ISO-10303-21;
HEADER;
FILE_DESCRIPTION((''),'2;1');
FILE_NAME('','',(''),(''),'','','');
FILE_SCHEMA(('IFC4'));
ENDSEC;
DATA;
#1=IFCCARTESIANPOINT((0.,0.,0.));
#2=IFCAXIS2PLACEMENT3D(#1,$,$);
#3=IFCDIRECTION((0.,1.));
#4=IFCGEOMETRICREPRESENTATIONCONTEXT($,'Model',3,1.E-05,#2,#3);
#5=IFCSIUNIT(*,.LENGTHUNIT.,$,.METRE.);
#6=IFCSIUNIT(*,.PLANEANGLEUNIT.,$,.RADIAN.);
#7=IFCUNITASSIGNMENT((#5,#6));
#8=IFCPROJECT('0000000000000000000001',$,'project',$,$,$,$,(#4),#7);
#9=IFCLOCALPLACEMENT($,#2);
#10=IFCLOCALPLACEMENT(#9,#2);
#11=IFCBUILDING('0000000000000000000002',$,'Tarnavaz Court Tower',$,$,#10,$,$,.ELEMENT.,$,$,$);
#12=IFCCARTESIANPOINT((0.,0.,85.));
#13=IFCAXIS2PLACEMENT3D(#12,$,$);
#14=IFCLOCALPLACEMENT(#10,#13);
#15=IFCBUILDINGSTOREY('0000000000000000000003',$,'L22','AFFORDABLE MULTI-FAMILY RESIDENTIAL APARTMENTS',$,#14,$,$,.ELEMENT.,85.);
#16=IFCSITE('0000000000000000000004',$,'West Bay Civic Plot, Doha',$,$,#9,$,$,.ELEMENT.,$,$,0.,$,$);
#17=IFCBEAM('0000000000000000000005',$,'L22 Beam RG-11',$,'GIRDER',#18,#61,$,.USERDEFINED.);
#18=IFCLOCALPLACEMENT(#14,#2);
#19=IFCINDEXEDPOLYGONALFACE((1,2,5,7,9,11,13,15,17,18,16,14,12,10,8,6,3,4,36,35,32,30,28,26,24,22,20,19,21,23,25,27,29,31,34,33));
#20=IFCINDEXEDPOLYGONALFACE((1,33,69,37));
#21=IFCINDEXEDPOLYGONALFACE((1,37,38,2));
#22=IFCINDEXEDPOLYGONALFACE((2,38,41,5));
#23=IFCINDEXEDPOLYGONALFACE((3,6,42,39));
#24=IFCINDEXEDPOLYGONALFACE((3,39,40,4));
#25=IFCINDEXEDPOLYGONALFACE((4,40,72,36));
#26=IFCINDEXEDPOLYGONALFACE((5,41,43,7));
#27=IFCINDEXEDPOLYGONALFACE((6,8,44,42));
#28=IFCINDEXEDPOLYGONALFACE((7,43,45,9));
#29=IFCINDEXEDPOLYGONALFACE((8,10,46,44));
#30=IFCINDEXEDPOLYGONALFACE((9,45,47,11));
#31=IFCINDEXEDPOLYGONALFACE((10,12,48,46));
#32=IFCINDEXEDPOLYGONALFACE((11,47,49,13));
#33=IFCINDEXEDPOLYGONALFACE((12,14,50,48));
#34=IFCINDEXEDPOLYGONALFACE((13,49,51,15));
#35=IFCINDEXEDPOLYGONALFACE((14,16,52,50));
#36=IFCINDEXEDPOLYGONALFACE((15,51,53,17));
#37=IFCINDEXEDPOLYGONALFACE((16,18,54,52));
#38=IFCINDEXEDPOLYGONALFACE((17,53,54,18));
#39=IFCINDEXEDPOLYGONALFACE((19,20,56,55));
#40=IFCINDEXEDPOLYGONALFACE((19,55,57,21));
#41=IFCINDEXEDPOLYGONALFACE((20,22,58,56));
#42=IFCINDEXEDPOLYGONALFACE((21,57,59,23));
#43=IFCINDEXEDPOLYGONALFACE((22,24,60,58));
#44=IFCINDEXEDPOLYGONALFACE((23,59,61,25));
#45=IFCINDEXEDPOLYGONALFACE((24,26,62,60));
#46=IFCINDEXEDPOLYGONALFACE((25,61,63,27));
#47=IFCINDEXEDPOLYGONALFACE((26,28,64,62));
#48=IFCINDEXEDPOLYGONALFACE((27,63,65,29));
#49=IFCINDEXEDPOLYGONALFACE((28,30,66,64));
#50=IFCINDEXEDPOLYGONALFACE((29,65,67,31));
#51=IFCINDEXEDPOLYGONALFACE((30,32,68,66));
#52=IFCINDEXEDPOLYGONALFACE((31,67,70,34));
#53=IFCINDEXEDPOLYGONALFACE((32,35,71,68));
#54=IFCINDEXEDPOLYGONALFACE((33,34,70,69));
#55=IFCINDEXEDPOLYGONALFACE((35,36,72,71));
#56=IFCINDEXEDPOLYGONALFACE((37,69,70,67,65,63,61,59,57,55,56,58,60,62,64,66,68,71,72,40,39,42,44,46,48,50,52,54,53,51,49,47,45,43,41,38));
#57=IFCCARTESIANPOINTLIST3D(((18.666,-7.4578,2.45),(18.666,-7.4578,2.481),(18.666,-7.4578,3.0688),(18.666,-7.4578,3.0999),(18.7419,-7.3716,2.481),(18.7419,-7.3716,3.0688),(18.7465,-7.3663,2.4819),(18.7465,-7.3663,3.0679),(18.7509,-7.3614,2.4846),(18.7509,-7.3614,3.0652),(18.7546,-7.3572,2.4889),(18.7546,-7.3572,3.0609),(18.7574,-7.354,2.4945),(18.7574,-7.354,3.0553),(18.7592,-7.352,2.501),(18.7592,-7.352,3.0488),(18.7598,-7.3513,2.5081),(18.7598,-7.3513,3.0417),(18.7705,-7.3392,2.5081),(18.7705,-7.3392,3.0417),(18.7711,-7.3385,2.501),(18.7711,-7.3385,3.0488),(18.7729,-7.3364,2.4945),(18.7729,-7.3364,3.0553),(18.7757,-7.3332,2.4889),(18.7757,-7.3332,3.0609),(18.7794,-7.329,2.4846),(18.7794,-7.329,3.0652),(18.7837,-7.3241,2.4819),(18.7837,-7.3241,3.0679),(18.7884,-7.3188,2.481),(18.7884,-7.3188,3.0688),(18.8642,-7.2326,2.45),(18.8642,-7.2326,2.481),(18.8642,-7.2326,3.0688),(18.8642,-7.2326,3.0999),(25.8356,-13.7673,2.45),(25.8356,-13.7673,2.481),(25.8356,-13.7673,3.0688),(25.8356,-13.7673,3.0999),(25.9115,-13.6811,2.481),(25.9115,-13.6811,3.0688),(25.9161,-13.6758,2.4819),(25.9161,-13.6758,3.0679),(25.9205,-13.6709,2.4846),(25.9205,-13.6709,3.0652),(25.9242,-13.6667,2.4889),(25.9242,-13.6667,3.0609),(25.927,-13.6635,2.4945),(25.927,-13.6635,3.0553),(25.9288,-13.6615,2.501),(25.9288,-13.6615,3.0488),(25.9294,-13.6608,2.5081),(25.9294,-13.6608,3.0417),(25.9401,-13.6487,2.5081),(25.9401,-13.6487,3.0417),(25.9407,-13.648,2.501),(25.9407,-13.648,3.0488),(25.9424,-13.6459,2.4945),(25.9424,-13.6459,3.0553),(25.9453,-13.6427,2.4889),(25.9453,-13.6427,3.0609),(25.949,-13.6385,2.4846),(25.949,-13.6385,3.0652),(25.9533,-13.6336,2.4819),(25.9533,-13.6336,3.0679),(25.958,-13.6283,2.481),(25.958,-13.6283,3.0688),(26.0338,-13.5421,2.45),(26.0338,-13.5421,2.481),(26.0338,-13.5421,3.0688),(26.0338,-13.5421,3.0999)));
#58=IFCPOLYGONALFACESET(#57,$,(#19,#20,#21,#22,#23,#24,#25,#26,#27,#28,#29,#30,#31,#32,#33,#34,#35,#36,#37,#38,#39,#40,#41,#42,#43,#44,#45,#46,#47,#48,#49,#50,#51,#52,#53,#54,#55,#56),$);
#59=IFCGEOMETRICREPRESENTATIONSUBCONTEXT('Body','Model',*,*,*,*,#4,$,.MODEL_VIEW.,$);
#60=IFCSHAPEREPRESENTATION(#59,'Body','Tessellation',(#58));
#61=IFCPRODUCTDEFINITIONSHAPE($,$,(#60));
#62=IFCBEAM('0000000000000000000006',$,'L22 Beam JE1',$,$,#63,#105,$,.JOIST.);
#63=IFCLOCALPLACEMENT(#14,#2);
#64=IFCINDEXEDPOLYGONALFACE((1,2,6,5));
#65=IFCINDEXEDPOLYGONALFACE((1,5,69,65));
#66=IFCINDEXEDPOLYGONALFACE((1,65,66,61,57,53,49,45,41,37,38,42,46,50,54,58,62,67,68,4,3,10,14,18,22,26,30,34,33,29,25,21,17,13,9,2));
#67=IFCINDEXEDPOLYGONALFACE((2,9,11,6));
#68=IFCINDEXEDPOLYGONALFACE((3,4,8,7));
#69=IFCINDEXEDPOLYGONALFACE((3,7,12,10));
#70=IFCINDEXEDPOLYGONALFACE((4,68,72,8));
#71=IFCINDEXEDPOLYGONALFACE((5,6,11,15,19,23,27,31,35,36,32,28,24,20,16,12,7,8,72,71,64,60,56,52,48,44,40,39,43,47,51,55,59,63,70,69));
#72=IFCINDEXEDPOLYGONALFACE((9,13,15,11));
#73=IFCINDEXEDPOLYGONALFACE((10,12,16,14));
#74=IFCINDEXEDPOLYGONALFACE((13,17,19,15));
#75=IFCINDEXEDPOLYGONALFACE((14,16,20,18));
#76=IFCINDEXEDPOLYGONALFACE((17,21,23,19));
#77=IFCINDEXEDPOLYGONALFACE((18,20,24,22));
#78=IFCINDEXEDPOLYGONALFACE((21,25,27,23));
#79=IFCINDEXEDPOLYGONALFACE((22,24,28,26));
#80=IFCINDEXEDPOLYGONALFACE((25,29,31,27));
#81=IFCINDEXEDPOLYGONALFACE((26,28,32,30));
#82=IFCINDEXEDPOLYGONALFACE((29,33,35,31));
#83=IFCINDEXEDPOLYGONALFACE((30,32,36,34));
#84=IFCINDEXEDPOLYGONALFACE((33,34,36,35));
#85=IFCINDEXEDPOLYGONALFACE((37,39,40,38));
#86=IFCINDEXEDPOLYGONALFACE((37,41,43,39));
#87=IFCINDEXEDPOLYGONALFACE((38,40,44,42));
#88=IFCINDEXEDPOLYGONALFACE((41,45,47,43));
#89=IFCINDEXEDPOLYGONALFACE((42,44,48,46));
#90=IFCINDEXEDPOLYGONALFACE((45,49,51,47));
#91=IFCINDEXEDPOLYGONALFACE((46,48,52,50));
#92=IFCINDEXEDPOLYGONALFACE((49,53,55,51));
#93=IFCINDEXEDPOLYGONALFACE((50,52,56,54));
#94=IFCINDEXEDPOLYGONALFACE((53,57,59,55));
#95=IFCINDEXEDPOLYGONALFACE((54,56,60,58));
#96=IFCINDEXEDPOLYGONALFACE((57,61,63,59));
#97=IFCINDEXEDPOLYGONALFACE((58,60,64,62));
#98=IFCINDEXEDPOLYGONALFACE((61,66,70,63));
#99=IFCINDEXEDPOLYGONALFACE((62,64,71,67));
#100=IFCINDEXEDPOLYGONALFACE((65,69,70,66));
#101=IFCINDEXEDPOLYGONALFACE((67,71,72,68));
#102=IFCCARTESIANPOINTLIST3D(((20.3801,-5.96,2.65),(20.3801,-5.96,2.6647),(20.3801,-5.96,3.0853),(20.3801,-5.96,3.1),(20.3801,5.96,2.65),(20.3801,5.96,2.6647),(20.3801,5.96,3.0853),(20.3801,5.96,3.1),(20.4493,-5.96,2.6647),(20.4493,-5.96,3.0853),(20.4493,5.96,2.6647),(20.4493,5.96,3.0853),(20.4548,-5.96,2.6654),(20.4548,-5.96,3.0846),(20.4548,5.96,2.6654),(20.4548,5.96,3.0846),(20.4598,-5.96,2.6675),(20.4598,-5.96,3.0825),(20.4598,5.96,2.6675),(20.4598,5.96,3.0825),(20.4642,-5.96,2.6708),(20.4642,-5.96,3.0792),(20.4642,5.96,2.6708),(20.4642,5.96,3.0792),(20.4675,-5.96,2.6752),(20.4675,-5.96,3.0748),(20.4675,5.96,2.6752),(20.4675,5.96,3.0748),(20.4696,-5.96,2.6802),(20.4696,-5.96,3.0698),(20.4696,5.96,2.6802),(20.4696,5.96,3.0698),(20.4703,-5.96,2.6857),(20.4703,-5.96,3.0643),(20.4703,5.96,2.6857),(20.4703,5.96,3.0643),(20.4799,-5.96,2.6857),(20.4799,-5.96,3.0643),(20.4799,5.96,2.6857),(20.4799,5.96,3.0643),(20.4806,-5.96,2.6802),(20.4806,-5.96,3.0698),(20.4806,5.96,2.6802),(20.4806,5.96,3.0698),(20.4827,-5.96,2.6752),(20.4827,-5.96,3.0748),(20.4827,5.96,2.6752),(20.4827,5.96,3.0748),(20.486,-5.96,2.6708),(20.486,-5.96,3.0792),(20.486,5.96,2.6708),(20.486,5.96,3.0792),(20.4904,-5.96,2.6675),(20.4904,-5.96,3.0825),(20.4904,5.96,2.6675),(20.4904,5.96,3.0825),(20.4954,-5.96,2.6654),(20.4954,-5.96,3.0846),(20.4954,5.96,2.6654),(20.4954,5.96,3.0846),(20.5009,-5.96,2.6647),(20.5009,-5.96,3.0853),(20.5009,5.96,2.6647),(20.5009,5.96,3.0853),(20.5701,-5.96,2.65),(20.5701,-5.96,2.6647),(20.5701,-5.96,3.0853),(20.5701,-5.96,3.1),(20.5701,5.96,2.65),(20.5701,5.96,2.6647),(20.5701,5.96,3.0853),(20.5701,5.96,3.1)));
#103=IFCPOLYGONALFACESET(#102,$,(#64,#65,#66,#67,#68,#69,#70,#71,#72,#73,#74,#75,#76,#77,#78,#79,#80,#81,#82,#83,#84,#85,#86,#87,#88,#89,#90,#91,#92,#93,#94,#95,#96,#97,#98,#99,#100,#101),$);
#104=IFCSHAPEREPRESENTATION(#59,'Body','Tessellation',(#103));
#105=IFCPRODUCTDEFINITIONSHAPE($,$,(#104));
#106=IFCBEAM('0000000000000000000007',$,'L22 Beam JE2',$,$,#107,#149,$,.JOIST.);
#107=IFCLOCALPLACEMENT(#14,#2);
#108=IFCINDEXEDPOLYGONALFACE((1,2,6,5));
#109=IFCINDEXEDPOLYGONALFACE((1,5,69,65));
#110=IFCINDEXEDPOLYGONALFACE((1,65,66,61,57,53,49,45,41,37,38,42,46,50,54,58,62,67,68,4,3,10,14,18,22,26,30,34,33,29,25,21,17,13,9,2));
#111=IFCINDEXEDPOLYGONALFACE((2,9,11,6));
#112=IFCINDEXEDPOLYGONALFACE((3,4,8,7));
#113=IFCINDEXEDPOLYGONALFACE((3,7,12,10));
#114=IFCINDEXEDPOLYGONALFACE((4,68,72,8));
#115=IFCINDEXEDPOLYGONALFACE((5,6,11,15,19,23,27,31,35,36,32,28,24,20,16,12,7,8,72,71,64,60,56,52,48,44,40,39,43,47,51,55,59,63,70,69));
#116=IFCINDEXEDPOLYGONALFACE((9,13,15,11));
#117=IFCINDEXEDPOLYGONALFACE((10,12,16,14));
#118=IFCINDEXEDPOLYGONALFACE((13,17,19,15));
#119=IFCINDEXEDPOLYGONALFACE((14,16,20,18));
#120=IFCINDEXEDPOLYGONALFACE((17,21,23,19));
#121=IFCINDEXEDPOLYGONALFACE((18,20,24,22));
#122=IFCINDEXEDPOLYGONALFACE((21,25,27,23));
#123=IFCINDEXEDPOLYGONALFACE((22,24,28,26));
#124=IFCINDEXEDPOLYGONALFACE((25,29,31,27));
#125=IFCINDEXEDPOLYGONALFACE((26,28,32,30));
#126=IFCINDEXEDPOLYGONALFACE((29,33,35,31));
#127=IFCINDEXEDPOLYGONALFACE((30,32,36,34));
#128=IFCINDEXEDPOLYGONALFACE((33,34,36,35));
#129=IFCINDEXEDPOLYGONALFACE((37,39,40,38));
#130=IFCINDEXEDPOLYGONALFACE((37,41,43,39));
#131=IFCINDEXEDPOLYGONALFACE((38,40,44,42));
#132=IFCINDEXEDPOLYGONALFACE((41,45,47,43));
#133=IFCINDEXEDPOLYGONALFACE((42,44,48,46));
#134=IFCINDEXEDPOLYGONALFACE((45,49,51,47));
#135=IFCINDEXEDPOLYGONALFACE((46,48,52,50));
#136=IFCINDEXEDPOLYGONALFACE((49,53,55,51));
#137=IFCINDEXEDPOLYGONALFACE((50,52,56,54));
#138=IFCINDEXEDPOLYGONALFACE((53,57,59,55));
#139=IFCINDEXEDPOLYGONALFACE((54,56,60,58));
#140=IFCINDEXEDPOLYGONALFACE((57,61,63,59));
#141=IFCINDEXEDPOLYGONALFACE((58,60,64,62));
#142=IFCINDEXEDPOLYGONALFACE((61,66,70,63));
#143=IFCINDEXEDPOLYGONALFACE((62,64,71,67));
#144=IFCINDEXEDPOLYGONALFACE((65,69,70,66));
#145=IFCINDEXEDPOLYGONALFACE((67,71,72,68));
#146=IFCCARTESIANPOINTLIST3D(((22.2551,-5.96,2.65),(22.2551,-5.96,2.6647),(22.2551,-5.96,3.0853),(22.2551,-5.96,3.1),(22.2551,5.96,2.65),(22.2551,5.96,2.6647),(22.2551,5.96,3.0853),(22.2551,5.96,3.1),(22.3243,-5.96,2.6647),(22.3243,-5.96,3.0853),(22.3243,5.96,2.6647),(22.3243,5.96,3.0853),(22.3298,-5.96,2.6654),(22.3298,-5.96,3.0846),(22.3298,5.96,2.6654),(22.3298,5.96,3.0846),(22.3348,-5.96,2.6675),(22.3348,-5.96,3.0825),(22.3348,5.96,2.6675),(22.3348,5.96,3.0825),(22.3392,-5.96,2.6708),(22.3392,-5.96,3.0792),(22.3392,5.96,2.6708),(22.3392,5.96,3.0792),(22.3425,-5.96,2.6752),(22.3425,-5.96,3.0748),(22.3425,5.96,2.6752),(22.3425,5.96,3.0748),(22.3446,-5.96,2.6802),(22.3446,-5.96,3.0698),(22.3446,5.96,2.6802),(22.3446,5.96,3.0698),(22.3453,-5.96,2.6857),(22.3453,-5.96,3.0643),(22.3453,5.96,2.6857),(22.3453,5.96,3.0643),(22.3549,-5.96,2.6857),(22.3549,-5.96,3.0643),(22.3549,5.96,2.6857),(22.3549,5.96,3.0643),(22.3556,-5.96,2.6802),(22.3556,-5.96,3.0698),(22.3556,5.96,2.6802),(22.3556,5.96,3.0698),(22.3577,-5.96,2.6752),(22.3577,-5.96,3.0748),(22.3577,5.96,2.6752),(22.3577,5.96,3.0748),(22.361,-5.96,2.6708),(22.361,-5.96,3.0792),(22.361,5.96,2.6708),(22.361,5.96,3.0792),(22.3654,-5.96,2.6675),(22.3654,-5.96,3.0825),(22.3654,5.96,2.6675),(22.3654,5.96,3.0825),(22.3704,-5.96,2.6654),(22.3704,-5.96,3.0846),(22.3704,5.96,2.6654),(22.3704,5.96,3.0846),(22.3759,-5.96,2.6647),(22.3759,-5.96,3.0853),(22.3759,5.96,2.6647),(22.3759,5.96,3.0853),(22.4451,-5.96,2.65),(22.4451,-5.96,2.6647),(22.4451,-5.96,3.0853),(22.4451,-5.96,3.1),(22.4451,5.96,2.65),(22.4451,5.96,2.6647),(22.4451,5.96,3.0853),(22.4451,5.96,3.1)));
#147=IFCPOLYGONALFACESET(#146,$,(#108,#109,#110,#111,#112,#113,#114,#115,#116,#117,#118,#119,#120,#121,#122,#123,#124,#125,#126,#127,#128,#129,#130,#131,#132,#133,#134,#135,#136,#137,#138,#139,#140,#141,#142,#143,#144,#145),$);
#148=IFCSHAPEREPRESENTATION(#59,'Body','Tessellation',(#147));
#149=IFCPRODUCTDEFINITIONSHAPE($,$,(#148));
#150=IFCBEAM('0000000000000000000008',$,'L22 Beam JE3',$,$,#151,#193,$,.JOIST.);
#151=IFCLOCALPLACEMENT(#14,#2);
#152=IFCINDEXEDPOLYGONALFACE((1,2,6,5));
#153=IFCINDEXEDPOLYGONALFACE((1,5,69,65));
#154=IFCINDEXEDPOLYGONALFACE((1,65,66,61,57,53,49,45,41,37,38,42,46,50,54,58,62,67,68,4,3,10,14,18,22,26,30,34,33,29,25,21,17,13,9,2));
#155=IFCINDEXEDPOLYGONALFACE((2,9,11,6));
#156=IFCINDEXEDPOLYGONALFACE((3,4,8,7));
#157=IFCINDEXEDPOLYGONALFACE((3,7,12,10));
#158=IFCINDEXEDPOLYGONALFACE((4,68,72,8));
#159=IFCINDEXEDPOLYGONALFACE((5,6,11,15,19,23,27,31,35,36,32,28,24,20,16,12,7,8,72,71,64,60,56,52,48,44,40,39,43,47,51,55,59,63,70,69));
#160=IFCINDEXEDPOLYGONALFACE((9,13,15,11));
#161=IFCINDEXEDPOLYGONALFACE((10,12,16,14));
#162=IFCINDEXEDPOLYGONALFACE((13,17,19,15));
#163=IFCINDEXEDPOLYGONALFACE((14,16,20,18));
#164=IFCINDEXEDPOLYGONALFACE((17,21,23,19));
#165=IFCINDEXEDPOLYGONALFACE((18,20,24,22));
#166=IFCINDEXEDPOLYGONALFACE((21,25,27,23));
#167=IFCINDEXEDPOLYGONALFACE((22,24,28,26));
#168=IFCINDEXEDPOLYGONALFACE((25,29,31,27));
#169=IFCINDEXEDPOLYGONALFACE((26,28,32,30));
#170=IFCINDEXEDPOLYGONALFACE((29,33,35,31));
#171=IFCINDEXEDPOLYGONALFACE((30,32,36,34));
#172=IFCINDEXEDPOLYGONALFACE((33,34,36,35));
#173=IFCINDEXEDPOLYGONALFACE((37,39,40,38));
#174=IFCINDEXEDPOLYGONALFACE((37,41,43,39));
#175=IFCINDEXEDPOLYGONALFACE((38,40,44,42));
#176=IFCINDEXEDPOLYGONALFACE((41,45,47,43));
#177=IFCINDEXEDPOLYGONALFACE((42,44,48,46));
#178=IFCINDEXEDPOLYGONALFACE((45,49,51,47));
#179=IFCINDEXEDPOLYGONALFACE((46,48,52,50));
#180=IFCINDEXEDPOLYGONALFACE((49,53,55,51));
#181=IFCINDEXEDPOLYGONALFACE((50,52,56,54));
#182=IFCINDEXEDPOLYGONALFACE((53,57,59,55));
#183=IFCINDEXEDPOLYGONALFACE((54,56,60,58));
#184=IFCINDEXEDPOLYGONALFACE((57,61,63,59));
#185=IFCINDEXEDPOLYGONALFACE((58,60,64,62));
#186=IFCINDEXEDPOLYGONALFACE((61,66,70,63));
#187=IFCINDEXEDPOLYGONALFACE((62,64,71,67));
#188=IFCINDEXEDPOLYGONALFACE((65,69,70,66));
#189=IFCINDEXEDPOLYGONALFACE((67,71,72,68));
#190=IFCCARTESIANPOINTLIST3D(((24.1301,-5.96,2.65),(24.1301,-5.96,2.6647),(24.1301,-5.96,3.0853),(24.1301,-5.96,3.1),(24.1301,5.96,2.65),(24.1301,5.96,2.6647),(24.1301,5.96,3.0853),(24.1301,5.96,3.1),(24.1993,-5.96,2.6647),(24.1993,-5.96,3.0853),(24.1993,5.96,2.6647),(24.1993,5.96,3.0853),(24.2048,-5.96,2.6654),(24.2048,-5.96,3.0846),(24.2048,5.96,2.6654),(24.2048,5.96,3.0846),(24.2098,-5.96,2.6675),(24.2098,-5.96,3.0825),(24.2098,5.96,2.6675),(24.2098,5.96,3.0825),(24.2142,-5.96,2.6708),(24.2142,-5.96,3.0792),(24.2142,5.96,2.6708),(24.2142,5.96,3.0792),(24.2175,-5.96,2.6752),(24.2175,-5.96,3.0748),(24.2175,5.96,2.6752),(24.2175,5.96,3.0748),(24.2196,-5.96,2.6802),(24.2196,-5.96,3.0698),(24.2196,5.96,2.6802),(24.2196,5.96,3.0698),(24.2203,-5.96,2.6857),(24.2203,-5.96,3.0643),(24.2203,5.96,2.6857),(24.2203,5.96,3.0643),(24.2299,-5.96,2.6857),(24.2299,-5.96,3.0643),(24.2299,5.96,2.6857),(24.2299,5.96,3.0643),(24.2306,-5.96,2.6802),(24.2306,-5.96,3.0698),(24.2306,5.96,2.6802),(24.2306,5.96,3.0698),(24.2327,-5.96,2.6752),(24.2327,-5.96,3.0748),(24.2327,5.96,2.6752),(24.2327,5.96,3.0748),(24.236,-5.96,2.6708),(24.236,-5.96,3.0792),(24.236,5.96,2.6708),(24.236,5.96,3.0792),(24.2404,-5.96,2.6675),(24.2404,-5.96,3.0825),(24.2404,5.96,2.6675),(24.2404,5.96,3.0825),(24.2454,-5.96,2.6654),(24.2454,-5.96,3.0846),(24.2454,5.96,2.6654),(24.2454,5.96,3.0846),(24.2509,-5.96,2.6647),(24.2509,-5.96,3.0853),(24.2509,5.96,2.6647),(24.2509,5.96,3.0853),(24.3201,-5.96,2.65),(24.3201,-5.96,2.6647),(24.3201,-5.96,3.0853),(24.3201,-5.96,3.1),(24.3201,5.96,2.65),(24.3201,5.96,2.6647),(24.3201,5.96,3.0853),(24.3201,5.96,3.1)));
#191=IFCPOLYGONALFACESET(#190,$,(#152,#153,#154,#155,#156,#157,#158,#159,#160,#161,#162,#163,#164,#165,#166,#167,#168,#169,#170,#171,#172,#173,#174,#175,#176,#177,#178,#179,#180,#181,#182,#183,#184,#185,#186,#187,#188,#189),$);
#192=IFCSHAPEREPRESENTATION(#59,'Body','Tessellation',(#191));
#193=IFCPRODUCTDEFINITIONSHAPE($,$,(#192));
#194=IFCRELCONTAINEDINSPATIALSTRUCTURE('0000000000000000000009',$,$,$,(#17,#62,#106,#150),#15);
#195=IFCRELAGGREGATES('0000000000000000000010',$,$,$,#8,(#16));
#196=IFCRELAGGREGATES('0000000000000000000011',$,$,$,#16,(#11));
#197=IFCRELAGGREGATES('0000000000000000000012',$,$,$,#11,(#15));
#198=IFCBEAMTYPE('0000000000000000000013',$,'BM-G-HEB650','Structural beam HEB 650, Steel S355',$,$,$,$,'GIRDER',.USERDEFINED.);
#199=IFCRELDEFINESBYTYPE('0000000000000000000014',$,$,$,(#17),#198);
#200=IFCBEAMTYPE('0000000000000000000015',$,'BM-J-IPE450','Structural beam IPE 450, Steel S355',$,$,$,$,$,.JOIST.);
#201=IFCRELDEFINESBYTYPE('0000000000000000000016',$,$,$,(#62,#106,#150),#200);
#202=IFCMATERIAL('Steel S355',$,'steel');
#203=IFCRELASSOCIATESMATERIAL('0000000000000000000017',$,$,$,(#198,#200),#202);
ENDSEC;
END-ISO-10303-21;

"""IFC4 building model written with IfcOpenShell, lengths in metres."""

from ifc_helpers import new_model, si_unit, direction, frame, origin, origin_2d, place, context, subcontext, project, spatial, i_section, extrude, material, material_profile, profile_set, type_object, element, save


model = new_model("IFC4")

# Units and contexts
model_context = context("Model", 3, precision=1e-05, world=origin(), true_north=direction((0.0, 1.0)))
body_context = subcontext(model_context, "Body", "Model", "MODEL_VIEW")
ifc_project = project(units=[si_unit("LENGTHUNIT", "METRE"), si_unit("PLANEANGLEUNIT", "RADIAN")], contexts=[model_context])

# Site, building, storey
site_placement = place(None, origin())
site = spatial("IfcSite", under=ifc_project, at=site_placement, Name="West Bay Civic Plot, Doha", CompositionType="ELEMENT", RefElevation=0.0)
building_placement = place(site_placement, origin())
building = spatial("IfcBuilding", under=site, at=building_placement, Name="Tarnavaz Court Tower", CompositionType="ELEMENT")
storey_placement = place(building_placement, frame((0.0, 0.0, 85.0)))
storey = spatial("IfcBuildingStorey", under=building, at=storey_placement, Name="L22", Description="AFFORDABLE MULTI-FAMILY RESIDENTIAL APARTMENTS", CompositionType="ELEMENT", Elevation=85.0)

# Beams
ifc_material_1 = material(Name="Steel S355", Category="steel")
ifc_material_profile_1 = material_profile(ifc_material_1, i_section(OverallWidth=0.3, OverallDepth=0.6499, WebThickness=0.0161, FlangeThickness=0.031, FilletRadius=0.0271, at=origin_2d()), Name="HEB 650")
ifc_profile_set_1 = profile_set([ifc_material_profile_1], Name="Steel S355")
beam_type_1 = type_object("IfcBeamType", Name="BM-G-HEB650", Description="Structural beam HEB 650, Steel S355", ElementType="GIRDER", PredefinedType="USERDEFINED", material=ifc_profile_set_1)
beam_1_placement = place(storey_placement, frame((18.7651, -7.3452, 2.7749), z_axis=(0.7507, -0.660643, 0.0), x_axis=(0.660643, 0.7507, 0.0)))
element("IfcBeam", 1, at=beam_1_placement, inside=storey, type_object=beam_type_1, Name="L22 Beam RG-11", ObjectType="GIRDER", PredefinedType="USERDEFINED", context=body_context, shape_type="SweptSolid", body=[
    extrude(i_section(OverallWidth=0.3, OverallDepth=0.6499, WebThickness=0.0161, FlangeThickness=0.031, FilletRadius=0.0271, at=origin_2d()), origin(), (0.0, 0.0, 1.0), 9.5505),
])
ifc_material_profile_2 = material_profile(ifc_material_1, i_section(OverallWidth=0.1899, OverallDepth=0.45, WebThickness=0.0095, FlangeThickness=0.0146, FilletRadius=0.021, at=origin_2d()), Name="IPE 450")
ifc_profile_set_2 = profile_set([ifc_material_profile_2], Name="Steel S355")
beam_type_2 = type_object("IfcBeamType", Name="BM-J-IPE450", Description="Structural beam IPE 450, Steel S355", PredefinedType="JOIST", material=ifc_profile_set_2)
for number, where, z_axis, x_axis, name in (
    (2, (20.4751, -5.96, 2.875), (0.0, 1.0, 0.0), (-1.0, 0.0, 0.0), "L22 Beam JE1"),
    (3, (22.3501, -5.96, 2.875), (0.0, 1.0, 0.0), (-1.0, 0.0, 0.0), "L22 Beam JE2"),
    (4, (24.2251, -5.96, 2.875), (0.0, 1.0, 0.0), (-1.0, 0.0, 0.0), "L22 Beam JE3"),
):
    element("IfcBeam", number, at=place(storey_placement, frame(where, z_axis=z_axis, x_axis=x_axis)), inside=storey, type_object=beam_type_2, Name=name, PredefinedType="JOIST", context=body_context, shape_type="SweptSolid", body=[
        extrude(i_section(OverallWidth=0.1899, OverallDepth=0.45, WebThickness=0.0095, FlangeThickness=0.0146, FilletRadius=0.021, at=origin_2d()), origin(), (0.0, 0.0, 1.0), 11.9199),
    ])

save(model, "model.ifc")
